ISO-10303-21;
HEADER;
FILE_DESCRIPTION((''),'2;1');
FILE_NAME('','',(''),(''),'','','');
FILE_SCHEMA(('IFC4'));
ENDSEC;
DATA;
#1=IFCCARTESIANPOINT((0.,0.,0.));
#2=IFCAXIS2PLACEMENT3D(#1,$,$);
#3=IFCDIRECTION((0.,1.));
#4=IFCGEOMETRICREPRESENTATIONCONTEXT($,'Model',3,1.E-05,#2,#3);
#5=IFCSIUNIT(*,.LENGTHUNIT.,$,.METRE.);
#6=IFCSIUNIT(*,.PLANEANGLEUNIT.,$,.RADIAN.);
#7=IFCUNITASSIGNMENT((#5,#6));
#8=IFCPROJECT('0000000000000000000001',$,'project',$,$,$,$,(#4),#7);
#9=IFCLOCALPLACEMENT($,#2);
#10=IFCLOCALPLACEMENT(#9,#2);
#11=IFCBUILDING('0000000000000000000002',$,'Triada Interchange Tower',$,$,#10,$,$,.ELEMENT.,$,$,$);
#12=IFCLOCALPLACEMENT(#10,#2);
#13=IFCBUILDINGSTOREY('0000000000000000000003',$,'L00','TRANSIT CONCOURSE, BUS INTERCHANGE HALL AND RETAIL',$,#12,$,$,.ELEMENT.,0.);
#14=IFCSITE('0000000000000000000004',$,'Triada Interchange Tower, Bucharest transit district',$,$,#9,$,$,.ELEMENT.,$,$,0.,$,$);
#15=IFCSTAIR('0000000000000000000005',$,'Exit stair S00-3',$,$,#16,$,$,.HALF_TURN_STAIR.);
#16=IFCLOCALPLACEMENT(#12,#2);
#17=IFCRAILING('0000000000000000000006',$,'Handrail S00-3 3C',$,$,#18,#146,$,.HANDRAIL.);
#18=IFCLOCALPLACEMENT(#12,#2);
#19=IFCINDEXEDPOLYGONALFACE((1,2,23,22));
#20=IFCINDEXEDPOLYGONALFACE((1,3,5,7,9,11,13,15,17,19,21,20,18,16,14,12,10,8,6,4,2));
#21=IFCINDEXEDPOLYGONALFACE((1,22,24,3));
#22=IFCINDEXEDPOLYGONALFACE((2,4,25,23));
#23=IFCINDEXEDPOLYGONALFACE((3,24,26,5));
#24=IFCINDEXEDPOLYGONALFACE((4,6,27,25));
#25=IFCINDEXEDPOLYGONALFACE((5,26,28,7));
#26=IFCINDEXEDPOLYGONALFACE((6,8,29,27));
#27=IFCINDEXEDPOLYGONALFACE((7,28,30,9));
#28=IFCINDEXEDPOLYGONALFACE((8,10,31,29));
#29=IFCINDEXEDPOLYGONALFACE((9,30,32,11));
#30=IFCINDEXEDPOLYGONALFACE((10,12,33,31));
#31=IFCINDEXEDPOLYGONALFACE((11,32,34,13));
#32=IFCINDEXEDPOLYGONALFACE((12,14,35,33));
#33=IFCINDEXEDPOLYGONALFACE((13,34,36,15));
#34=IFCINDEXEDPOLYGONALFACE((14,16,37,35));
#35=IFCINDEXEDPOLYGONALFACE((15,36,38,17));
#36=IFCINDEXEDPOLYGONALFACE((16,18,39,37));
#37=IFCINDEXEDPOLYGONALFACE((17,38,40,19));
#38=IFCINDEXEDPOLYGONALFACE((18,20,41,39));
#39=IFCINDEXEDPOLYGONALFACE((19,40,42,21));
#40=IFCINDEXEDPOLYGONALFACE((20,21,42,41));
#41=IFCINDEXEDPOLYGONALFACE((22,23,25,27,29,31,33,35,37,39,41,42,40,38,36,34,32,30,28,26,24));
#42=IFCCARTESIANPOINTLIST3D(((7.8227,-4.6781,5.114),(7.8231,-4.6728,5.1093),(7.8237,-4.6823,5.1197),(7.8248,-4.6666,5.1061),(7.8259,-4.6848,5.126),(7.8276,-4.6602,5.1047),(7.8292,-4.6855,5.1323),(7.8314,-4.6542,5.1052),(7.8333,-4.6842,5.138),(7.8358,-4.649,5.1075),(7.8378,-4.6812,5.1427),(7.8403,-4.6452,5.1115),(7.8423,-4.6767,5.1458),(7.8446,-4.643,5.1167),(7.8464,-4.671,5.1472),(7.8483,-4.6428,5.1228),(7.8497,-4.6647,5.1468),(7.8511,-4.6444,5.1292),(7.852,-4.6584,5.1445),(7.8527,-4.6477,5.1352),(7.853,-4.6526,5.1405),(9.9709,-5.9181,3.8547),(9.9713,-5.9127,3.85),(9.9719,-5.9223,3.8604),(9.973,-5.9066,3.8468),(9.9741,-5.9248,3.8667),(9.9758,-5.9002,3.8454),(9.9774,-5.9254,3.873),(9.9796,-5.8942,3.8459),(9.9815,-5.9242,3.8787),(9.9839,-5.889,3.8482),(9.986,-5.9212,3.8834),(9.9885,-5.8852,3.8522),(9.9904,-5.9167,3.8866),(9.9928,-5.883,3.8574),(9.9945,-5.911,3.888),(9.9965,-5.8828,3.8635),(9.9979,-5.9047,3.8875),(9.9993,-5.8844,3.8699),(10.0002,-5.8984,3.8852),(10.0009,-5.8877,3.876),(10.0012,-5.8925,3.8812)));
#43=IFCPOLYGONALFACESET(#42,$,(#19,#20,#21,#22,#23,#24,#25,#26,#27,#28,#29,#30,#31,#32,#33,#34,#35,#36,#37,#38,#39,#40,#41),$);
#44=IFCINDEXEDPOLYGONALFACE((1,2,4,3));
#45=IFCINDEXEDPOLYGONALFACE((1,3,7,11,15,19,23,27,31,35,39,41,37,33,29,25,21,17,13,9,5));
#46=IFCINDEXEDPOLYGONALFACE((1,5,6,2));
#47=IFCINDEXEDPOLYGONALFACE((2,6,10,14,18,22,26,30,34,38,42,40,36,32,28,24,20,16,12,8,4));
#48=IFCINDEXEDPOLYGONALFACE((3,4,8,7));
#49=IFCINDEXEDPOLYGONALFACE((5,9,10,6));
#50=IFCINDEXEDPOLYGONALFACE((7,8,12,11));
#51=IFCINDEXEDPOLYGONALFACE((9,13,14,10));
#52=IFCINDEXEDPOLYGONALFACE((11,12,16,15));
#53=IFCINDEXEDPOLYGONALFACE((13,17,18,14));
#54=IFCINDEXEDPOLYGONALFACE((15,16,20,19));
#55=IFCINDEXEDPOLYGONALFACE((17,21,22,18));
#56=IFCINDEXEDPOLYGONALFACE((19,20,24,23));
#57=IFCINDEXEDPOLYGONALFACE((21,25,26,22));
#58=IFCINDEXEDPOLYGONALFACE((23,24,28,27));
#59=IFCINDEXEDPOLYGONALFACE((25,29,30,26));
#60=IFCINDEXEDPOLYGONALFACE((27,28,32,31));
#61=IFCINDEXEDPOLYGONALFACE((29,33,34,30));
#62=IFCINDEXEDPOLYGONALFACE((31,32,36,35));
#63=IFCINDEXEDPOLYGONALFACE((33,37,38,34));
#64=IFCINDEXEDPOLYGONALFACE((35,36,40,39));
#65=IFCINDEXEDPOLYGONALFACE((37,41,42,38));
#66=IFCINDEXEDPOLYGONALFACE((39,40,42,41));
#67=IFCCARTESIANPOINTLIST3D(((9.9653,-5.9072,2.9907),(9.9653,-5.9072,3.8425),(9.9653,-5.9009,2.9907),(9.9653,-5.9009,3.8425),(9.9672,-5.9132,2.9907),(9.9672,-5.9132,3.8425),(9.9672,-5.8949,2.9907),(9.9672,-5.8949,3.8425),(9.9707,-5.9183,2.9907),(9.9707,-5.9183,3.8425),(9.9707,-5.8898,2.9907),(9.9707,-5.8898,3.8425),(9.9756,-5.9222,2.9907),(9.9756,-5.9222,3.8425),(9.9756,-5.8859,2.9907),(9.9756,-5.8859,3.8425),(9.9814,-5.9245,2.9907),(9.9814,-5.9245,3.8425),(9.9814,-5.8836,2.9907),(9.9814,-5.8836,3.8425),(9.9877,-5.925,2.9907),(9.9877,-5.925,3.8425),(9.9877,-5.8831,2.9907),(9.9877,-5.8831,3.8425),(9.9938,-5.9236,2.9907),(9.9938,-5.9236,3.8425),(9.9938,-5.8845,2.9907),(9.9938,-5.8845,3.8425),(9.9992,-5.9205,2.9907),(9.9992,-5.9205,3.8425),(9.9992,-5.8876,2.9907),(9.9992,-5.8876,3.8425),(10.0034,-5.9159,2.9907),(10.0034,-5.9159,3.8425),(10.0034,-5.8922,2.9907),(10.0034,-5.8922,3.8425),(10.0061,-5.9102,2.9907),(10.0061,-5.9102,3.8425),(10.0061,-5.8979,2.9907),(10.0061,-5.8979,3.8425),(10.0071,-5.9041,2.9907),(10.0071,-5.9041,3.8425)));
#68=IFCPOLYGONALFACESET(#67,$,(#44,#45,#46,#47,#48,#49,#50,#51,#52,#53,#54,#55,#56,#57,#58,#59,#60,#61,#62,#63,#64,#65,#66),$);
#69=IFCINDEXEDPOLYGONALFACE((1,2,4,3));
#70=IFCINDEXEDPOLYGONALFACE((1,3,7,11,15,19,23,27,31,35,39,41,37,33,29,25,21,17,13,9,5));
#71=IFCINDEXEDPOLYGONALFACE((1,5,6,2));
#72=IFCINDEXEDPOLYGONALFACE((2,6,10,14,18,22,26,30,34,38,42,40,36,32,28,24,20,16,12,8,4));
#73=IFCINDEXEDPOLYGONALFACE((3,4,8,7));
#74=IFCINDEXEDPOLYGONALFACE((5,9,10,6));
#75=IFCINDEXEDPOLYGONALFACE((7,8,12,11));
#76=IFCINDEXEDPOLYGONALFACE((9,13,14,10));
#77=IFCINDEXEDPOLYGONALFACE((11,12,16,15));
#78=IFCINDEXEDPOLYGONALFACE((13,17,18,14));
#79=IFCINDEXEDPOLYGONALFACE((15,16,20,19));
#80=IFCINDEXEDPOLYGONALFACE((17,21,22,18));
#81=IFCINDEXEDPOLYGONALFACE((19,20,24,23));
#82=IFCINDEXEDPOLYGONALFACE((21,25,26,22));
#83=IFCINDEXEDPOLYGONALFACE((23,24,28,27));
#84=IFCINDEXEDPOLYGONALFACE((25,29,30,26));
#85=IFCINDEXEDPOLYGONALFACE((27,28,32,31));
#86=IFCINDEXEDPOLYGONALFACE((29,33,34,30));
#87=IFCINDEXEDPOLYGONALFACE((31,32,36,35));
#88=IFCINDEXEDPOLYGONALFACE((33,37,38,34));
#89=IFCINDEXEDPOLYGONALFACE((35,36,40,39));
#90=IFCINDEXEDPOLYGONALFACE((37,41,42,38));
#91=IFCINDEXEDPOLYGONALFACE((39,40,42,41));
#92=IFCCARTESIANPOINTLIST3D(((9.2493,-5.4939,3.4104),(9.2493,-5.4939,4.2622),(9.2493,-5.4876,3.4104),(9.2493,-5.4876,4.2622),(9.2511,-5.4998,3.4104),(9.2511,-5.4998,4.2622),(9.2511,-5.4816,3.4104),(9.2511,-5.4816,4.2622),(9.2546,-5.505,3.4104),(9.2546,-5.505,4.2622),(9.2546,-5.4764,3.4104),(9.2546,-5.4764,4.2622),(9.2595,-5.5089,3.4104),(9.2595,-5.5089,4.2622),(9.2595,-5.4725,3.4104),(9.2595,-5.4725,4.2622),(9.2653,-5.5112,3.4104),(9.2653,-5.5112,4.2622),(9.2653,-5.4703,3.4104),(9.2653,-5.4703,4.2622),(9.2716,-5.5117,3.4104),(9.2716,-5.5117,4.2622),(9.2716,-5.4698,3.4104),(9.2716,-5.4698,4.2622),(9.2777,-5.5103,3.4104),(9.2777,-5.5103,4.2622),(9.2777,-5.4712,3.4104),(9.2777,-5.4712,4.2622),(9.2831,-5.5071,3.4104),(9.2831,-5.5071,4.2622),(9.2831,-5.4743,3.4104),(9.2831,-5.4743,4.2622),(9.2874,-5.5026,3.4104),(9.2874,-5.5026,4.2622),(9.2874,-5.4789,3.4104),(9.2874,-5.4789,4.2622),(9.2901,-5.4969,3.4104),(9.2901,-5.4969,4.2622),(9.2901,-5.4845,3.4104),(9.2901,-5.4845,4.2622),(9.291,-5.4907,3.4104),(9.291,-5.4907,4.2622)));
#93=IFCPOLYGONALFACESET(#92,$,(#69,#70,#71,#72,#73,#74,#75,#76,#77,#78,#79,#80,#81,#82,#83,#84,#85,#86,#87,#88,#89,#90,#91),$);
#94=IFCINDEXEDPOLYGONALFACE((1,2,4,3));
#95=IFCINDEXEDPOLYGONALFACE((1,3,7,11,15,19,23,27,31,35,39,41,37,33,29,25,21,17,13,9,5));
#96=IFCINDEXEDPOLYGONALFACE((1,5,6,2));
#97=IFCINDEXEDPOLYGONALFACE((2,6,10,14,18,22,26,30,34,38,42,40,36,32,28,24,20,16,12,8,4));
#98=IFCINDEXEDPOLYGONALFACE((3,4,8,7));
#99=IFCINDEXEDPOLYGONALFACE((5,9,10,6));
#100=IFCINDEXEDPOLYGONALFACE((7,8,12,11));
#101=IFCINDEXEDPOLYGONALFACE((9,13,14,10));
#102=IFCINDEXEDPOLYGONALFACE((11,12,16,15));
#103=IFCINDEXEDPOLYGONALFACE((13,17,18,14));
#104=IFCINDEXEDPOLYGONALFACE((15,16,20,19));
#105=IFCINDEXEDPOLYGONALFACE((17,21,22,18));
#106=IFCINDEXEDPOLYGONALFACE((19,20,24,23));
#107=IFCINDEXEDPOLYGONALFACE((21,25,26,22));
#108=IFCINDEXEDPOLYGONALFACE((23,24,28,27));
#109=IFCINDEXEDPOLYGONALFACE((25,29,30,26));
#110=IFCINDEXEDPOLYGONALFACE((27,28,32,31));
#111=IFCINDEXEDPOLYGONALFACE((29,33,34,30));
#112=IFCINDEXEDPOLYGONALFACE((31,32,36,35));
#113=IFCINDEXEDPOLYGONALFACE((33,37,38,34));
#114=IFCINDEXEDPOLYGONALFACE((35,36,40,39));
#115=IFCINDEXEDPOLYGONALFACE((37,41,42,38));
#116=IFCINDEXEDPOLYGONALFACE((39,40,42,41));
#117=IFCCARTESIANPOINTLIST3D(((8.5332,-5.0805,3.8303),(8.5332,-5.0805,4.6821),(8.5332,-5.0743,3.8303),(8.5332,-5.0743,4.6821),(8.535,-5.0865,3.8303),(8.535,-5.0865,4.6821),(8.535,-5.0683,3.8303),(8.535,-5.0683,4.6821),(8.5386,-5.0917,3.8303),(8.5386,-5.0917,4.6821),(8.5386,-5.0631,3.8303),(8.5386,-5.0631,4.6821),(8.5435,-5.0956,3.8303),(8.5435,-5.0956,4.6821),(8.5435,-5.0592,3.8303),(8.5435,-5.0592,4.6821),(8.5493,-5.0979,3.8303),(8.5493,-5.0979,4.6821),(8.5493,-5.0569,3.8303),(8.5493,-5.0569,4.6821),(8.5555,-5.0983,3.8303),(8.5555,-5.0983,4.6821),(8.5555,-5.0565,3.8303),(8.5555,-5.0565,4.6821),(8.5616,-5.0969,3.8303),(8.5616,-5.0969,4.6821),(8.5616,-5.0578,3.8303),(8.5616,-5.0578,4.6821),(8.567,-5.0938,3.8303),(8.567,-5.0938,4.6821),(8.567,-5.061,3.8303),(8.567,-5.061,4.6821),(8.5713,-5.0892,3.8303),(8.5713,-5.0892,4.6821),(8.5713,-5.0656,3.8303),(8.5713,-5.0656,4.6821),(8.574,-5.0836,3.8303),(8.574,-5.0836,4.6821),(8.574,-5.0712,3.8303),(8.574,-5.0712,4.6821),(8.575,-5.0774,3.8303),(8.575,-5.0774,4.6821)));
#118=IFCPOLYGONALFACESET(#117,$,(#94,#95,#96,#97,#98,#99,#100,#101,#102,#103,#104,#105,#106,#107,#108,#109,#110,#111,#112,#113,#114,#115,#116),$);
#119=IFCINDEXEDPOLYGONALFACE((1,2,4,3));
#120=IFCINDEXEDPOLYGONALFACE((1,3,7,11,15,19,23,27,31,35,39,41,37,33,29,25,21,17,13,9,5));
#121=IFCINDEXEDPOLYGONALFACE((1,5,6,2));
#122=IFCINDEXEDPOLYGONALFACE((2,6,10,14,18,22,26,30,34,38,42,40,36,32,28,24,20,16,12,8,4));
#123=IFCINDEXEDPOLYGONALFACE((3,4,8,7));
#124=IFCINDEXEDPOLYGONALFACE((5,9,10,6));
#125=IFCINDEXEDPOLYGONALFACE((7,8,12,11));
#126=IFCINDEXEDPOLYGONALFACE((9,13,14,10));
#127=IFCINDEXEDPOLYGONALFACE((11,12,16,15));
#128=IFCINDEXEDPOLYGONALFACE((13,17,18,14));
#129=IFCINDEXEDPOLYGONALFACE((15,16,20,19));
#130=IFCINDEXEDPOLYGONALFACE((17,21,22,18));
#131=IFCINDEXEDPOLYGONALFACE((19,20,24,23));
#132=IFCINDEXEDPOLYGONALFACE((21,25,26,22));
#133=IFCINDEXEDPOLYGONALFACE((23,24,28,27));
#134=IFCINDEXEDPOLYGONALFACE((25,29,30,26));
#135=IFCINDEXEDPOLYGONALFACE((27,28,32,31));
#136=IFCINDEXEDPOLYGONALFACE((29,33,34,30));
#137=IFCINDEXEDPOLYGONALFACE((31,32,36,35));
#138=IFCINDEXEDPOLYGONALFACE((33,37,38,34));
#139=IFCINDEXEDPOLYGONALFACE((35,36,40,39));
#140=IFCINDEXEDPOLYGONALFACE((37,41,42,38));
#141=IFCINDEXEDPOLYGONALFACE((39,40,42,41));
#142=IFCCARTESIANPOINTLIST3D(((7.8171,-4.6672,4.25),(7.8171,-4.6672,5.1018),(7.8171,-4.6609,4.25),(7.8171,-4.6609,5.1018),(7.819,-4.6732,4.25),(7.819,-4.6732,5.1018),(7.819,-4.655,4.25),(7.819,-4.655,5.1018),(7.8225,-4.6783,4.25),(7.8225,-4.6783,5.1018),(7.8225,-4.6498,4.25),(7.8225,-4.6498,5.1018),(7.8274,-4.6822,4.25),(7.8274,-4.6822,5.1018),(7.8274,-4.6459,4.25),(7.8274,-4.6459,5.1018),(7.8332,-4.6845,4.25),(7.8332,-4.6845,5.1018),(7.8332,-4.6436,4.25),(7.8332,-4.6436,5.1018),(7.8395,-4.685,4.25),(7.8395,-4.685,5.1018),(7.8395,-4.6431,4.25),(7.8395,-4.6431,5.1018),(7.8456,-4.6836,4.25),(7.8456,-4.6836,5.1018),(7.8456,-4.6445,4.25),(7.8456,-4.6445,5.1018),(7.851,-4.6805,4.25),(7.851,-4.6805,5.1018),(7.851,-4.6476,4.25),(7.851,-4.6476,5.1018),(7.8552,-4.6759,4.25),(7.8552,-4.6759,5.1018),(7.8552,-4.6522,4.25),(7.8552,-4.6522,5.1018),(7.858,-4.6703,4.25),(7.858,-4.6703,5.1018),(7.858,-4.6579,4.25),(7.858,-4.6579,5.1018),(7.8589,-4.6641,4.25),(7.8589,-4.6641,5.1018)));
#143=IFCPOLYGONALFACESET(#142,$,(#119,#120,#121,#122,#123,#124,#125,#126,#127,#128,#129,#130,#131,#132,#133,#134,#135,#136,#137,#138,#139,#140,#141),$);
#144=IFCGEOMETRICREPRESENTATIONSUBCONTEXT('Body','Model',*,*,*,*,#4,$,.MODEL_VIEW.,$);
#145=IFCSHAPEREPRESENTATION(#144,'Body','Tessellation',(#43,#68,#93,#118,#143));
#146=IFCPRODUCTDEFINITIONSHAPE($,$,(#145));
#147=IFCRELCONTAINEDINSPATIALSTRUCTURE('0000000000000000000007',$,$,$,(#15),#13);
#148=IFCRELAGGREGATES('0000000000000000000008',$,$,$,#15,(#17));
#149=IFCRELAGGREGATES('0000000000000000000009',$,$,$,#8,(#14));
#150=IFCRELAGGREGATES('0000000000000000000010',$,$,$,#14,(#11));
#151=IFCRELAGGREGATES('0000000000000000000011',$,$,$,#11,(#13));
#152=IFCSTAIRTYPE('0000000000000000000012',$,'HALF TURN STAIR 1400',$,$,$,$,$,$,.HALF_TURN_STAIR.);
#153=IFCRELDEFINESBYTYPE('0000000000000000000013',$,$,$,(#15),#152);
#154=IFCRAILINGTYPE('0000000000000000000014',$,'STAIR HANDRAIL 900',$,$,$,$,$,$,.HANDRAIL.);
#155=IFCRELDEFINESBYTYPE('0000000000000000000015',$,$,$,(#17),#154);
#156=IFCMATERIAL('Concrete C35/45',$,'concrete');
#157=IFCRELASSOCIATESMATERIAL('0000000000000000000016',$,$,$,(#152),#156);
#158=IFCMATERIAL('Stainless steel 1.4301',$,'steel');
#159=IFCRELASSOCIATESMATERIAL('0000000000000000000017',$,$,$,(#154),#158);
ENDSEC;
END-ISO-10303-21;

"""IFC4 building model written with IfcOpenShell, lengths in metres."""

from ifc_helpers import new_model, si_unit, direction, frame, origin, origin_2d, place, context, subcontext, project, spatial, circle, extrude, material, type_object, element, aggregate, save


model = new_model("IFC4")

# Units and contexts
model_context = context("Model", 3, precision=1e-05, world=origin(), true_north=direction((0.0, 1.0)))
body_context = subcontext(model_context, "Body", "Model", "MODEL_VIEW")
ifc_project = project(units=[si_unit("LENGTHUNIT", "METRE"), si_unit("PLANEANGLEUNIT", "RADIAN")], contexts=[model_context])

# Site, building, storey
site_placement = place(None, origin())
site = spatial("IfcSite", under=ifc_project, at=site_placement, Name="Triada Interchange Tower, Bucharest transit district", CompositionType="ELEMENT", RefElevation=0.0)
building_placement = place(site_placement, origin())
building = spatial("IfcBuilding", under=site, at=building_placement, Name="Triada Interchange Tower", CompositionType="ELEMENT")
storey_placement = place(building_placement, origin())
storey = spatial("IfcBuildingStorey", under=building, at=storey_placement, Name="L00", Description="TRANSIT CONCOURSE, BUS INTERCHANGE HALL AND RETAIL", CompositionType="ELEMENT", Elevation=0.0)

# Shared definitions
ifc_material_1 = material(Name="Concrete C35/45", Category="concrete")

# Stair, railing
stair_type = type_object("IfcStairType", Name="HALF TURN STAIR 1400", PredefinedType="HALF_TURN_STAIR", material=ifc_material_1)
stair_placement = place(storey_placement, origin())
stair = element("IfcStair", 1, at=stair_placement, inside=storey, type_object=stair_type, Name="Exit stair S00-3", PredefinedType="HALF_TURN_STAIR")
ifc_material_2 = material(Name="Stainless steel 1.4301", Category="steel")
railing_type = type_object("IfcRailingType", Name="STAIR HANDRAIL 900", PredefinedType="HANDRAIL", material=ifc_material_2)
railing_1_placement = place(storey_placement, frame((9.9861, -5.9041, 2.9907)))
railing_1 = element("IfcRailing", 2, at=railing_1_placement, type_object=railing_type, Name="Handrail S00-3 3C", PredefinedType="HANDRAIL", context=body_context, shape_type="SweptSolid", body=[
    extrude(circle(Radius=0.0239, at=origin_2d()), frame((0.0, 0.0, 0.876), z_axis=(-0.772247, 0.44576, 0.452694), x_axis=(-0.499918, -0.866072, 0.0)), (0.0, 0.0, 1.0), 2.7817),
    extrude(circle(Radius=0.021, at=origin_2d()), origin(), (0.0, 0.0, 1.0), 0.8518),
    extrude(circle(Radius=0.021, at=origin_2d()), frame((-0.7161, 0.4133, 0.4197)), (0.0, 0.0, 1.0), 0.8518),
    extrude(circle(Radius=0.021, at=origin_2d()), frame((-1.4321, 0.8267, 0.8396)), (0.0, 0.0, 1.0), 0.8518),
    extrude(circle(Radius=0.021, at=origin_2d()), frame((-2.1482, 1.24, 1.2593)), (0.0, 0.0, 1.0), 0.8518),
])
aggregate(stair, [railing_1])

save(model, "model.ifc")
